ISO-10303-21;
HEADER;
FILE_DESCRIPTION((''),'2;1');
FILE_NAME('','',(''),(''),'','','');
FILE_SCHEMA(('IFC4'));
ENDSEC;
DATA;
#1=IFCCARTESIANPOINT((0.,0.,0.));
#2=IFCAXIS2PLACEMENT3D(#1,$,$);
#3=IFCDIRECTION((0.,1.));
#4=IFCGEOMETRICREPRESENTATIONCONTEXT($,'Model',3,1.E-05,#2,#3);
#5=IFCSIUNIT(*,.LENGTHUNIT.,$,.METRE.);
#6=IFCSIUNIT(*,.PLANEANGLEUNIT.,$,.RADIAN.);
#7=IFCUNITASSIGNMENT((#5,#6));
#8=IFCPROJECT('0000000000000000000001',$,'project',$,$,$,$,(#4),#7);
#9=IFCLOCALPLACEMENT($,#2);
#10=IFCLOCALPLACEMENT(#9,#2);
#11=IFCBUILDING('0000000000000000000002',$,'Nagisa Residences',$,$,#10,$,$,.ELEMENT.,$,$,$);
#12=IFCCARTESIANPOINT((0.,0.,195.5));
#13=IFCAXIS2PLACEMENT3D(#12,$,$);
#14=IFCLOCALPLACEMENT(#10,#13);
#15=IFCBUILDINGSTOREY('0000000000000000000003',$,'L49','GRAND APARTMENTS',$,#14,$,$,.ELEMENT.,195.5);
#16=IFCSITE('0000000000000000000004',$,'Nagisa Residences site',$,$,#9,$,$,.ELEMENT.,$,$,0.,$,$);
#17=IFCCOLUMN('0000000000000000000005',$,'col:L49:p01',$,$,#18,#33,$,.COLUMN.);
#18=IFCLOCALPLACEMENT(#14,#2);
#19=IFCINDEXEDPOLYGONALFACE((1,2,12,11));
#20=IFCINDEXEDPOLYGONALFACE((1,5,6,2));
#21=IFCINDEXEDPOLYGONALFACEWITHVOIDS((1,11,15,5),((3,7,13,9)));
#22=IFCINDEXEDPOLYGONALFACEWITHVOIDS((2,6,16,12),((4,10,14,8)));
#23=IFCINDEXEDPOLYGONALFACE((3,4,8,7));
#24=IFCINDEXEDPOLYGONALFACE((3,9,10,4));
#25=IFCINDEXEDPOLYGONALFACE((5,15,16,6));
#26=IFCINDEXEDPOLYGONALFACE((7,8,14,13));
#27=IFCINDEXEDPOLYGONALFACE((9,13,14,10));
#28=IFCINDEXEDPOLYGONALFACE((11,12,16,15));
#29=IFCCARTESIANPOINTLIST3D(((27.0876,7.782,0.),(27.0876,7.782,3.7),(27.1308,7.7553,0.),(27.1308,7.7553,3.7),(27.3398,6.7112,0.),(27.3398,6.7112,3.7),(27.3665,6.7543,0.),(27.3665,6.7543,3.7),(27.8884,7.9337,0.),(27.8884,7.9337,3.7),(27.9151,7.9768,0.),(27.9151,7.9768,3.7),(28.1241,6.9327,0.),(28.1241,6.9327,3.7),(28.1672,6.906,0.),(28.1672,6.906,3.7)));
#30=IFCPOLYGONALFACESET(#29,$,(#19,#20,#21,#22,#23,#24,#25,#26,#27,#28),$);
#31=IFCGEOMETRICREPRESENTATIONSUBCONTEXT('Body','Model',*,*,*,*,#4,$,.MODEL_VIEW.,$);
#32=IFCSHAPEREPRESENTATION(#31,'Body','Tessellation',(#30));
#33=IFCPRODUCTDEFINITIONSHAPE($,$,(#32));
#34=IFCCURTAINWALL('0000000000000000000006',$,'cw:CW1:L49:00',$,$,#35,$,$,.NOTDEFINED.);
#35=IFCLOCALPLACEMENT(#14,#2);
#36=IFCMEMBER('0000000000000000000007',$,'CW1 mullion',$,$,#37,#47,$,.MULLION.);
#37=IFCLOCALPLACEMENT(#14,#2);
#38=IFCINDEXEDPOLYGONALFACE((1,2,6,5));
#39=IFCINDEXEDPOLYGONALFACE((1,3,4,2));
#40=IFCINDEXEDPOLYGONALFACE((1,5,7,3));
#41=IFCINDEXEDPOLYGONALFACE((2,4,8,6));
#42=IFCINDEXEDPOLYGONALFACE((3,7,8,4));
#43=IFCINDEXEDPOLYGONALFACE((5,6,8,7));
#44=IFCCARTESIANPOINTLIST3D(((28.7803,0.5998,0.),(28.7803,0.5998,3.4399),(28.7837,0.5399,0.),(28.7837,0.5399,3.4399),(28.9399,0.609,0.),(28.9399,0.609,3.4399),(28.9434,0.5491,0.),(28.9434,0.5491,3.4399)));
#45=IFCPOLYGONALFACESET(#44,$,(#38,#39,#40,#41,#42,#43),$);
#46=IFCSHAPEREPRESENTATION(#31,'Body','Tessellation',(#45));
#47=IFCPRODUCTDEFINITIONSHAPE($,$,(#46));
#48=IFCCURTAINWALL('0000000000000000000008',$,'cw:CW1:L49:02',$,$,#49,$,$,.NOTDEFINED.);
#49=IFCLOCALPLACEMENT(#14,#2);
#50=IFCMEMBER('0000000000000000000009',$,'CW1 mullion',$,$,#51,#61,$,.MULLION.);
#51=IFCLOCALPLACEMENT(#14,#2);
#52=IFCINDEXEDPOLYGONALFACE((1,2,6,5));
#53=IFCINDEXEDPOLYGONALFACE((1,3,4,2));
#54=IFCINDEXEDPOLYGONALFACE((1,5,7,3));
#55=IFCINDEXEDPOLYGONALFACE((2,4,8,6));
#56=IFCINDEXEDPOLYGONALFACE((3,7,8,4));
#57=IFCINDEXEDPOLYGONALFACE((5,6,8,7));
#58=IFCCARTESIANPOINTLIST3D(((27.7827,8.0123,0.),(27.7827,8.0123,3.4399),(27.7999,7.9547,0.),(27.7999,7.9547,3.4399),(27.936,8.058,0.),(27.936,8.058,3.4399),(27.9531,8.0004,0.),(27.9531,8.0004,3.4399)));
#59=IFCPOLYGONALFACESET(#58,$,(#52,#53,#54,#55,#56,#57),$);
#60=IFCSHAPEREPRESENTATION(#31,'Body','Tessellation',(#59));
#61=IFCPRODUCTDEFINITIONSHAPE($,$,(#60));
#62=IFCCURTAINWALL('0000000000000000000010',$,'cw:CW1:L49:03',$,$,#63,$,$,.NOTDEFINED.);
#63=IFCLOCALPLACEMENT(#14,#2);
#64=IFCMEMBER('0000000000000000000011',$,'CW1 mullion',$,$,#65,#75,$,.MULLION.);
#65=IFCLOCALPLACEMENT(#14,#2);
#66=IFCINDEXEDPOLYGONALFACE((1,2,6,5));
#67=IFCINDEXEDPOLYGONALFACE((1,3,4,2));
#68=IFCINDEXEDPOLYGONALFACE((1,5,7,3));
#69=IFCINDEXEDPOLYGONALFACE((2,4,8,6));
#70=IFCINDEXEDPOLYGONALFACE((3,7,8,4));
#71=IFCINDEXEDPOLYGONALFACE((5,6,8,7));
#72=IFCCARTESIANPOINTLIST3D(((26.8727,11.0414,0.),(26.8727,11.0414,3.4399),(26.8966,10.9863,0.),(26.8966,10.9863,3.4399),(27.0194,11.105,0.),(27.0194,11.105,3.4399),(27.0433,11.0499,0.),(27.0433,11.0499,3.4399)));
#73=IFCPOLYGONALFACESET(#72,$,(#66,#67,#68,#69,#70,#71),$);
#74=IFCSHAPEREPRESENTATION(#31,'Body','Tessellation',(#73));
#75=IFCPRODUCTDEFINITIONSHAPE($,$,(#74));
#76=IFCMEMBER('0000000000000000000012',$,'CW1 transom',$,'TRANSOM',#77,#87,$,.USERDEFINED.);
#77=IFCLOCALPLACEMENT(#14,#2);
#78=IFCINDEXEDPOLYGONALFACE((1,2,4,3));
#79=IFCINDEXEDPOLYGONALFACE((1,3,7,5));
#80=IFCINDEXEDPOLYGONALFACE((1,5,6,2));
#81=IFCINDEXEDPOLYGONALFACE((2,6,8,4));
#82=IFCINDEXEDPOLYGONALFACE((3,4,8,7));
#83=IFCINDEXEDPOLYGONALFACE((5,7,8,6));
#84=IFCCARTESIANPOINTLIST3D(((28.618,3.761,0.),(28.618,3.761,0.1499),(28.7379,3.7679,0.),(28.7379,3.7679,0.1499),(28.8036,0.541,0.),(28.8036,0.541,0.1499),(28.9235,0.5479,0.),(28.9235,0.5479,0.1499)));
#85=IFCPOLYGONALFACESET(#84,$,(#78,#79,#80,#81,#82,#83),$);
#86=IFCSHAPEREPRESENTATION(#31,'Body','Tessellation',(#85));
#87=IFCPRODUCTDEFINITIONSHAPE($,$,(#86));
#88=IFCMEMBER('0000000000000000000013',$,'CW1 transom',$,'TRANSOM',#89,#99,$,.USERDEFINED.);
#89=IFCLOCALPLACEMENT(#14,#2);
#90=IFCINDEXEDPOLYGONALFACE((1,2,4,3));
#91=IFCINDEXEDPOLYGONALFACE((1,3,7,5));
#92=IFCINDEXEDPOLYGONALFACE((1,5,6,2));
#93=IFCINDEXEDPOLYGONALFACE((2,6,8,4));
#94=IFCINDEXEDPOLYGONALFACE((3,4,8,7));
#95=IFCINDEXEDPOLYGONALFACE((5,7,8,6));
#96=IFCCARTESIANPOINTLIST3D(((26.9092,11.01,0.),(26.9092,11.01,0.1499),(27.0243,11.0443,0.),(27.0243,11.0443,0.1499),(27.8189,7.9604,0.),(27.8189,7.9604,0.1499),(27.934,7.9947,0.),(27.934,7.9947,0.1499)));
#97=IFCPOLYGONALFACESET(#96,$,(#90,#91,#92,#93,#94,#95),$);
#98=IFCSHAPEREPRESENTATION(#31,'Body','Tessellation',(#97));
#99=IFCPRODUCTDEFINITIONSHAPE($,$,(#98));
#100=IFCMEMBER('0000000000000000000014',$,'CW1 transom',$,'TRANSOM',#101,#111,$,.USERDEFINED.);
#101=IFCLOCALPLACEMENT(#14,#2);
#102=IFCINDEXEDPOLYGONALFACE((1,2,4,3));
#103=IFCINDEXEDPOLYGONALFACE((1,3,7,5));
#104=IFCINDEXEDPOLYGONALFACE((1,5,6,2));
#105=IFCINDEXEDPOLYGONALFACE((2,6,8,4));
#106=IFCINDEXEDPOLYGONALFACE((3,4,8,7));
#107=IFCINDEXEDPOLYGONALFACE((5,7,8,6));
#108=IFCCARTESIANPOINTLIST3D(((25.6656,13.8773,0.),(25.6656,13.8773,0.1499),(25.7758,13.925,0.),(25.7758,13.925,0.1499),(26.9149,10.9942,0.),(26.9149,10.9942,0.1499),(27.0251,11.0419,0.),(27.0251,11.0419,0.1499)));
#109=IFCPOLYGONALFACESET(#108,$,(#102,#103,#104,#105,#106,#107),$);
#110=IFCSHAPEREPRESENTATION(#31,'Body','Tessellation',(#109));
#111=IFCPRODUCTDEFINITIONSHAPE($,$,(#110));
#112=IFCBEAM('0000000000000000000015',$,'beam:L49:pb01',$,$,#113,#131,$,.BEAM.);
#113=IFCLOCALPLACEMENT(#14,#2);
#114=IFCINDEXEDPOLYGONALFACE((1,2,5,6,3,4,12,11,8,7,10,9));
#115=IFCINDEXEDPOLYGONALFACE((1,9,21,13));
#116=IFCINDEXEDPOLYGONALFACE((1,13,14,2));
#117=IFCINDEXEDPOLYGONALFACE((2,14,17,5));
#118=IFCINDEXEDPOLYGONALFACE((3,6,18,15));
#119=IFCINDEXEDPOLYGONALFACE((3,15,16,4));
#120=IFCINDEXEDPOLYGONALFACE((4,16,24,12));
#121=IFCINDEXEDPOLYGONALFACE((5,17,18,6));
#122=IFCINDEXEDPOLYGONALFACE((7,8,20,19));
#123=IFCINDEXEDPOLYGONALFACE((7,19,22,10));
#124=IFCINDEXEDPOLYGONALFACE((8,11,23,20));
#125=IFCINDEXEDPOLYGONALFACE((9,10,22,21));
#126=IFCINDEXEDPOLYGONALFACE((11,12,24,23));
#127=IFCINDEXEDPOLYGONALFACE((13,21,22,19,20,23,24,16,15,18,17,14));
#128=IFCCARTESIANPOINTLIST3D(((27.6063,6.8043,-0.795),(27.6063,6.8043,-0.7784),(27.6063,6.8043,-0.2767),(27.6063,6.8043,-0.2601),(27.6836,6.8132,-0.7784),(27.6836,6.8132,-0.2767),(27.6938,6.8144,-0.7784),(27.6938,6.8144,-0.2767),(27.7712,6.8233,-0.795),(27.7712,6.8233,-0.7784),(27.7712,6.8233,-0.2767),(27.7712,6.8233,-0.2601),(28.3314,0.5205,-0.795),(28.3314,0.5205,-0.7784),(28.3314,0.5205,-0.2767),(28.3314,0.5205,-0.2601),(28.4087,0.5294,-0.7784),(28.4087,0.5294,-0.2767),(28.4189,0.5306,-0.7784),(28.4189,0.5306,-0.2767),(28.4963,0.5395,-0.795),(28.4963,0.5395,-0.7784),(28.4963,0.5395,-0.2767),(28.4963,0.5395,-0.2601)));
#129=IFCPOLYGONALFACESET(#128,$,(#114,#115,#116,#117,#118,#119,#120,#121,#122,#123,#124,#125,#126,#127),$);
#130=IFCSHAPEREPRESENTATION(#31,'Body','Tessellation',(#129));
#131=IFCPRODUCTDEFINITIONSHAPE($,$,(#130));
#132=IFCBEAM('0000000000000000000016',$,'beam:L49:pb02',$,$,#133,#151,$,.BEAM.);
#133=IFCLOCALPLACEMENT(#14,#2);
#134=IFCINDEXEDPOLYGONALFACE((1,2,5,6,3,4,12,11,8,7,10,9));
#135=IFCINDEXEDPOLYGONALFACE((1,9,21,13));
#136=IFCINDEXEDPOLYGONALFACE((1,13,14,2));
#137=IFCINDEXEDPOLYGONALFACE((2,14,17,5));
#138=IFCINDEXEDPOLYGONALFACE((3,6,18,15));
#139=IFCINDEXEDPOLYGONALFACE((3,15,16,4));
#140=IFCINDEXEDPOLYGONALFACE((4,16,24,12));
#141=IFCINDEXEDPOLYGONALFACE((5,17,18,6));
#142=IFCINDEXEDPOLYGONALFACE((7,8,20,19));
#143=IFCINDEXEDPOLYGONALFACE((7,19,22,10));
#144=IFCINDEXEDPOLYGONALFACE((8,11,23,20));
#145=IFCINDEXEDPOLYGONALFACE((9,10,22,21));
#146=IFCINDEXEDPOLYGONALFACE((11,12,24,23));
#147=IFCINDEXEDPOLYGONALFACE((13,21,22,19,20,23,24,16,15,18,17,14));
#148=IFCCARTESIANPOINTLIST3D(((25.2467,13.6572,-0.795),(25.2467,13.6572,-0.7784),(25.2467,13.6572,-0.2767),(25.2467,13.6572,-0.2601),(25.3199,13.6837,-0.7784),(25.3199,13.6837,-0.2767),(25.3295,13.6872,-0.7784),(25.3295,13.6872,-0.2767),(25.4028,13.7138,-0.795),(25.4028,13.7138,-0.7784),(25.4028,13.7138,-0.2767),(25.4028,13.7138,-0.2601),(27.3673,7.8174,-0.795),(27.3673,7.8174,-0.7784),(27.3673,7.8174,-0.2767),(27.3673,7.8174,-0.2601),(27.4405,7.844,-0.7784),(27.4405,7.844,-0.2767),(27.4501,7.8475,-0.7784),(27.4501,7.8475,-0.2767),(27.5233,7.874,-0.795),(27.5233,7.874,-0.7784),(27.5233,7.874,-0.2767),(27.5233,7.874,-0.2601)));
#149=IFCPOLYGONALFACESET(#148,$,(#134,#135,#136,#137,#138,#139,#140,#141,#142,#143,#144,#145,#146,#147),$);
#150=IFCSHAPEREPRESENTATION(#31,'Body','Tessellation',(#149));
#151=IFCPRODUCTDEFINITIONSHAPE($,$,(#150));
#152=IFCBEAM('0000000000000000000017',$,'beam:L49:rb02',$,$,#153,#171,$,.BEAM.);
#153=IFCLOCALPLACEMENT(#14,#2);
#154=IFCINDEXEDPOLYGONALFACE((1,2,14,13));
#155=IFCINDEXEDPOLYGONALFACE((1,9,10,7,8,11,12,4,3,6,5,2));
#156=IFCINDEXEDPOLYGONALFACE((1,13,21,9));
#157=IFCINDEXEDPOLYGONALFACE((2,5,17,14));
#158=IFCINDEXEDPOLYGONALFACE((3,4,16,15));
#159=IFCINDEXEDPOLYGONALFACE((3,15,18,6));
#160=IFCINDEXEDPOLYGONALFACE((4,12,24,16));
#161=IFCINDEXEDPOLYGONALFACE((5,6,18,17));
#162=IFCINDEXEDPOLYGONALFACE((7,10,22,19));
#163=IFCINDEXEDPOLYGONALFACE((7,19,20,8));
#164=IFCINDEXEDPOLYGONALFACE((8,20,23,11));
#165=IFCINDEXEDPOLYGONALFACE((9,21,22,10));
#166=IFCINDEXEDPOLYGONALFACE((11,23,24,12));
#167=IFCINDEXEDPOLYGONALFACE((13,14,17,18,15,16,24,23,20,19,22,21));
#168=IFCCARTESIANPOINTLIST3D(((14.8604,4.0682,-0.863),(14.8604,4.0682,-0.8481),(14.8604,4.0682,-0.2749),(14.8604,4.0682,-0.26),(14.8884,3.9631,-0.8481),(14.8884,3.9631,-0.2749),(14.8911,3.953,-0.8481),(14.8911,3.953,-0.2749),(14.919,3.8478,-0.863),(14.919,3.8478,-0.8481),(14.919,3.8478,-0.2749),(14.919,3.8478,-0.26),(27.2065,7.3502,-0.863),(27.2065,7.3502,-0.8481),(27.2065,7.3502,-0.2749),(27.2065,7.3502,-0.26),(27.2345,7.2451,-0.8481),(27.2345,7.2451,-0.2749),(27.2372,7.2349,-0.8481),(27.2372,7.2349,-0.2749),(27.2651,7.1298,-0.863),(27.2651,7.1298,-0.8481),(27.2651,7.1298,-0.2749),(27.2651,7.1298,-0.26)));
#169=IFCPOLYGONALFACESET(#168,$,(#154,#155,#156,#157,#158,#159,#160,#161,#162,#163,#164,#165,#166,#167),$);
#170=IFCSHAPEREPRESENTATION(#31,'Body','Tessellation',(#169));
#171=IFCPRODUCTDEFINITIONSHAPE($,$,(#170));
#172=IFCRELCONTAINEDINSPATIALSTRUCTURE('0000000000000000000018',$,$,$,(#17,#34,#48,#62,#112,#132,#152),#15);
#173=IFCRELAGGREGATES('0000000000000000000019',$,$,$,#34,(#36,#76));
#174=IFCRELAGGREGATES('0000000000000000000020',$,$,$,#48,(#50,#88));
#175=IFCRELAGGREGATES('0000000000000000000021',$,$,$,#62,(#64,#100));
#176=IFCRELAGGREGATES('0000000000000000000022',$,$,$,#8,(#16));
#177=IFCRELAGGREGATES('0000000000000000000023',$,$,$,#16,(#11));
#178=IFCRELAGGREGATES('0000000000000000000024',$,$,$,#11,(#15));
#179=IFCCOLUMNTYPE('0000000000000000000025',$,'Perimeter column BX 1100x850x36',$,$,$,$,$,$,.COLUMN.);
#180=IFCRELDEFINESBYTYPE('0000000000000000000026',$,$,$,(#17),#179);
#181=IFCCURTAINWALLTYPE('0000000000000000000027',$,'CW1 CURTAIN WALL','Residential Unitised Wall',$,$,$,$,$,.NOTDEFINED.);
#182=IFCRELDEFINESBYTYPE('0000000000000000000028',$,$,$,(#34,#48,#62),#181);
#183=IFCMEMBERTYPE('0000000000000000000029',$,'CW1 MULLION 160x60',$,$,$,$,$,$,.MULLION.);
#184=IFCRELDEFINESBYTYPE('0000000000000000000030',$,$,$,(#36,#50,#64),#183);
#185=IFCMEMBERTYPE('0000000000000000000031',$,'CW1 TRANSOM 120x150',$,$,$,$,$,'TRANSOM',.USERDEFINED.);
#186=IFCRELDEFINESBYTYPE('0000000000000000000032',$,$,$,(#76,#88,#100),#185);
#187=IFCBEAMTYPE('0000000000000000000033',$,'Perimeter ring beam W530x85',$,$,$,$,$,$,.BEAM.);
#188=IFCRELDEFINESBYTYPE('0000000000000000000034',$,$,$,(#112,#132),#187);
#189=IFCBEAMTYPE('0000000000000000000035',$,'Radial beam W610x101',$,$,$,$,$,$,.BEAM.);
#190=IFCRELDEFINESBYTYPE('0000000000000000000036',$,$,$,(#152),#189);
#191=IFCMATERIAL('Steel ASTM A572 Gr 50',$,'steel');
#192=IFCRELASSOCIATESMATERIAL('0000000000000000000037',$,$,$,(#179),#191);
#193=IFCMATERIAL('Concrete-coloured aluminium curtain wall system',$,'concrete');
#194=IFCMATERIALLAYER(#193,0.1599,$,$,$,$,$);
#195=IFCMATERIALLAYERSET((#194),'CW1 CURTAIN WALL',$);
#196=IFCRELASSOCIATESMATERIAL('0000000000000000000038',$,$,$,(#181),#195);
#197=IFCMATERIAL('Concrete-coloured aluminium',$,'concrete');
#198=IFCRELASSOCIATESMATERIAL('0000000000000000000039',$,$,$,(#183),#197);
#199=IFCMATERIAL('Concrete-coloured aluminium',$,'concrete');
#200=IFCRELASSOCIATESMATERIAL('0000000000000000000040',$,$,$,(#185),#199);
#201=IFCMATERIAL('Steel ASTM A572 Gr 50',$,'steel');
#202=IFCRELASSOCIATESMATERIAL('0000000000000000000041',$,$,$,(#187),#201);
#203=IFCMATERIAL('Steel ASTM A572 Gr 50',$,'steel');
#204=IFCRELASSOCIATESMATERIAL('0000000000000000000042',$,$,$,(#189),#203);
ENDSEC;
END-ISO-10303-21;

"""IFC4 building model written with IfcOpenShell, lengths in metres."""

from ifc_helpers import new_model, si_unit, direction, frame, origin, origin_2d, place, context, subcontext, project, spatial, rectangle, hollow_rectangle, i_section, extrude, material, layer, layer_set, material_profile, profile_set, type_object, element, aggregate, save


model = new_model("IFC4")

# Units and contexts
model_context = context("Model", 3, precision=1e-05, world=origin(), true_north=direction((0.0, 1.0)))
body_context = subcontext(model_context, "Body", "Model", "MODEL_VIEW")
ifc_project = project(units=[si_unit("LENGTHUNIT", "METRE"), si_unit("PLANEANGLEUNIT", "RADIAN")], contexts=[model_context])

# Site, building, storey
site_placement = place(None, origin())
site = spatial("IfcSite", under=ifc_project, at=site_placement, Name="Nagisa Residences site", CompositionType="ELEMENT", RefElevation=0.0)
building_placement = place(site_placement, origin())
building = spatial("IfcBuilding", under=site, at=building_placement, Name="Nagisa Residences", CompositionType="ELEMENT")
storey_placement = place(building_placement, frame((0.0, 0.0, 195.5)))
storey = spatial("IfcBuildingStorey", under=building, at=storey_placement, Name="L49", Description="GRAND APARTMENTS", CompositionType="ELEMENT", Elevation=195.5)

# Column
ifc_material_1 = material(Name="Steel ASTM A572 Gr 50", Category="steel")
ifc_material_profile_1 = material_profile(ifc_material_1, hollow_rectangle(XDim=1.1001, YDim=0.8501, WallThickness=0.0359, at=origin_2d()), Name="BX 1100x850x36")
ifc_profile_set_1 = profile_set([ifc_material_profile_1], Name="Steel ASTM A572 Gr 50")
column_type = type_object("IfcColumnType", Name="Perimeter column BX 1100x850x36", PredefinedType="COLUMN", material=ifc_profile_set_1)
column_placement = place(storey_placement, frame((27.6274, 7.344, 0.0), z_axis=(0.0, 0.0, 1.0), x_axis=(-0.229202, 0.973379, 0.0)))
element("IfcColumn", 1, at=column_placement, inside=storey, type_object=column_type, Name="col:L49:p01", PredefinedType="COLUMN", context=body_context, shape_type="SweptSolid", body=[
    extrude(hollow_rectangle(XDim=1.1001, YDim=0.8501, WallThickness=0.0359, at=origin_2d()), origin(), (0.0, 0.0, 1.0), 3.7),
])

# Curtain walls, members
ifc_material_2 = material(Name="Concrete-coloured aluminium curtain wall system", Category="concrete")
ifc_layer_1 = layer(ifc_material_2, 0.1599)
ifc_layer_set_1 = layer_set([ifc_layer_1], Name="CW1 CURTAIN WALL")
curtain_wall_type = type_object("IfcCurtainWallType", Name="CW1 CURTAIN WALL", Description="Residential Unitised Wall", PredefinedType="NOTDEFINED", material=ifc_layer_set_1)
curtain_wall_1_placement = place(storey_placement, origin())
curtain_wall_1 = element("IfcCurtainWall", 2, at=curtain_wall_1_placement, inside=storey, type_object=curtain_wall_type, Name="cw:CW1:L49:00", PredefinedType="NOTDEFINED")
ifc_material_3 = material(Name="Concrete-coloured aluminium", Category="concrete")
ifc_material_profile_2 = material_profile(ifc_material_3, rectangle(XDim=0.1599, YDim=0.0601, at=origin_2d()), Name="CW1 MULLION 160x60")
ifc_profile_set_2 = profile_set([ifc_material_profile_2], Name="Concrete-coloured aluminium")
member_type_1 = type_object("IfcMemberType", Name="CW1 MULLION 160x60", PredefinedType="MULLION", material=ifc_profile_set_2)
member_1_placement = place(storey_placement, frame((28.8618, 0.5745, 0.0), z_axis=(0.0, 0.0, 1.0), x_axis=(-0.998345, -0.057503, 0.0)))
member_1 = element("IfcMember", 3, at=member_1_placement, type_object=member_type_1, Name="CW1 mullion", PredefinedType="MULLION", context=body_context, shape_type="SweptSolid", body=[
    extrude(rectangle(XDim=0.1599, YDim=0.0601, at=origin_2d()), origin(), (0.0, 0.0, 1.0), 3.4399),
])
curtain_wall_2_placement = place(storey_placement, origin())
curtain_wall_2 = element("IfcCurtainWall", 4, at=curtain_wall_2_placement, inside=storey, type_object=curtain_wall_type, Name="cw:CW1:L49:02", PredefinedType="NOTDEFINED")
member_2_placement = place(storey_placement, frame((27.8679, 8.0063, 0.0), z_axis=(0.0, 0.0, 1.0), x_axis=(-0.958271, -0.28586, 0.0)))
member_2 = element("IfcMember", 5, at=member_2_placement, type_object=member_type_1, Name="CW1 mullion", PredefinedType="MULLION", context=body_context, shape_type="SweptSolid", body=[
    extrude(rectangle(XDim=0.1599, YDim=0.0601, at=origin_2d()), origin(), (0.0, 0.0, 1.0), 3.4399),
])
curtain_wall_3_placement = place(storey_placement, origin())
curtain_wall_3 = element("IfcCurtainWall", 6, at=curtain_wall_3_placement, inside=storey, type_object=curtain_wall_type, Name="cw:CW1:L49:03", PredefinedType="NOTDEFINED")
member_3_placement = place(storey_placement, frame((26.958, 11.0457, 0.0), z_axis=(0.0, 0.0, 1.0), x_axis=(-0.917543, -0.397636, 0.0)))
member_3 = element("IfcMember", 7, at=member_3_placement, type_object=member_type_1, Name="CW1 mullion", PredefinedType="MULLION", context=body_context, shape_type="SweptSolid", body=[
    extrude(rectangle(XDim=0.1599, YDim=0.0601, at=origin_2d()), origin(), (0.0, 0.0, 1.0), 3.4399),
])

# Members
ifc_material_4 = material(Name="Concrete-coloured aluminium", Category="concrete")
ifc_material_profile_3 = material_profile(ifc_material_4, rectangle(XDim=0.1201, YDim=0.1499, at=origin_2d()), Name="CW1 TRANSOM 120x150")
ifc_profile_set_3 = profile_set([ifc_material_profile_3], Name="Concrete-coloured aluminium")
member_type_2 = type_object("IfcMemberType", Name="CW1 TRANSOM 120x150", ElementType="TRANSOM", PredefinedType="USERDEFINED", material=ifc_profile_set_3)
member_4_placement = place(storey_placement, frame((28.8635, 0.5444, 0.075), z_axis=(-0.057528, 0.998344, 0.0), x_axis=(-0.998344, -0.057528, 0.0)))
member_4 = element("IfcMember", 8, at=member_4_placement, type_object=member_type_2, Name="CW1 transom", ObjectType="TRANSOM", PredefinedType="USERDEFINED", context=body_context, shape_type="SweptSolid", body=[
    extrude(rectangle(XDim=0.1201, YDim=0.1499, at=origin_2d()), origin(), (0.0, 0.0, 1.0), 3.2253),
])
member_5_placement = place(storey_placement, frame((27.8765, 7.9775, 0.075), z_axis=(-0.285848, 0.958275, 0.0), x_axis=(-0.958275, -0.285848, 0.0)))
member_5 = element("IfcMember", 9, at=member_5_placement, type_object=member_type_2, Name="CW1 transom", ObjectType="TRANSOM", PredefinedType="USERDEFINED", context=body_context, shape_type="SweptSolid", body=[
    extrude(rectangle(XDim=0.1201, YDim=0.1499, at=origin_2d()), origin(), (0.0, 0.0, 1.0), 3.1824),
])
member_6_placement = place(storey_placement, frame((26.97, 11.0181, 0.075), z_axis=(-0.397592, 0.917562, 0.0), x_axis=(-0.917562, -0.397592, 0.0)))
member_6 = element("IfcMember", 10, at=member_6_placement, type_object=member_type_2, Name="CW1 transom", ObjectType="TRANSOM", PredefinedType="USERDEFINED", context=body_context, shape_type="SweptSolid", body=[
    extrude(rectangle(XDim=0.1201, YDim=0.1499, at=origin_2d()), origin(), (0.0, 0.0, 1.0), 3.1421),
])

# Beams
ifc_material_5 = material(Name="Steel ASTM A572 Gr 50", Category="steel")
ifc_material_profile_4 = material_profile(ifc_material_5, i_section(OverallWidth=0.166, OverallDepth=0.5349, WebThickness=0.0103, FlangeThickness=0.0166, at=origin_2d()), Name="W530x85")
ifc_profile_set_4 = profile_set([ifc_material_profile_4], Name="Steel ASTM A572 Gr 50")
beam_type_1 = type_object("IfcBeamType", Name="Perimeter ring beam W530x85", PredefinedType="BEAM", material=ifc_profile_set_4)
beam_1_placement = place(storey_placement, frame((28.4138, 0.53, -0.5276), z_axis=(-0.114633, 0.993408, 0.0), x_axis=(-0.993408, -0.114633, 0.0)))
element("IfcBeam", 11, at=beam_1_placement, inside=storey, type_object=beam_type_1, Name="beam:L49:pb01", PredefinedType="BEAM", context=body_context, shape_type="SweptSolid", body=[
    extrude(i_section(OverallWidth=0.166, OverallDepth=0.5349, WebThickness=0.0103, FlangeThickness=0.0166, at=origin_2d()), origin(), (0.0, 0.0, 1.0), 6.3254),
])
beam_2_placement = place(storey_placement, frame((27.4453, 7.8457, -0.5276), z_axis=(-0.34132, 0.939947, 0.0), x_axis=(-0.939947, -0.34132, 0.0)))
element("IfcBeam", 12, at=beam_2_placement, inside=storey, type_object=beam_type_1, Name="beam:L49:pb02", PredefinedType="BEAM", context=body_context, shape_type="SweptSolid", body=[
    extrude(i_section(OverallWidth=0.166, OverallDepth=0.5349, WebThickness=0.0103, FlangeThickness=0.0166, at=origin_2d()), origin(), (0.0, 0.0, 1.0), 6.2129),
])
ifc_material_6 = material(Name="Steel ASTM A572 Gr 50", Category="steel")
ifc_material_profile_5 = material_profile(ifc_material_6, i_section(OverallWidth=0.228, OverallDepth=0.603, WebThickness=0.0105, FlangeThickness=0.0149, at=origin_2d()), Name="W610x101")
ifc_profile_set_5 = profile_set([ifc_material_profile_5], Name="Steel ASTM A572 Gr 50")
beam_type_2 = type_object("IfcBeamType", Name="Radial beam W610x101", PredefinedType="BEAM", material=ifc_profile_set_5)
beam_3_placement = place(storey_placement, frame((27.2358, 7.24, -0.5615), z_axis=(-0.966436, -0.256907, 0.0), x_axis=(0.256907, -0.966436, 0.0)))
element("IfcBeam", 13, at=beam_3_placement, inside=storey, type_object=beam_type_2, Name="beam:L49:rb02", PredefinedType="BEAM", context=body_context, shape_type="SweptSolid", body=[
    extrude(i_section(OverallWidth=0.228, OverallDepth=0.603, WebThickness=0.0105, FlangeThickness=0.0149, at=origin_2d()), origin(), (0.0, 0.0, 1.0), 12.7749),
])

aggregate(curtain_wall_1, [member_1, member_4])
aggregate(curtain_wall_2, [member_2, member_5])
aggregate(curtain_wall_3, [member_3, member_6])

save(model, "model.ifc")
